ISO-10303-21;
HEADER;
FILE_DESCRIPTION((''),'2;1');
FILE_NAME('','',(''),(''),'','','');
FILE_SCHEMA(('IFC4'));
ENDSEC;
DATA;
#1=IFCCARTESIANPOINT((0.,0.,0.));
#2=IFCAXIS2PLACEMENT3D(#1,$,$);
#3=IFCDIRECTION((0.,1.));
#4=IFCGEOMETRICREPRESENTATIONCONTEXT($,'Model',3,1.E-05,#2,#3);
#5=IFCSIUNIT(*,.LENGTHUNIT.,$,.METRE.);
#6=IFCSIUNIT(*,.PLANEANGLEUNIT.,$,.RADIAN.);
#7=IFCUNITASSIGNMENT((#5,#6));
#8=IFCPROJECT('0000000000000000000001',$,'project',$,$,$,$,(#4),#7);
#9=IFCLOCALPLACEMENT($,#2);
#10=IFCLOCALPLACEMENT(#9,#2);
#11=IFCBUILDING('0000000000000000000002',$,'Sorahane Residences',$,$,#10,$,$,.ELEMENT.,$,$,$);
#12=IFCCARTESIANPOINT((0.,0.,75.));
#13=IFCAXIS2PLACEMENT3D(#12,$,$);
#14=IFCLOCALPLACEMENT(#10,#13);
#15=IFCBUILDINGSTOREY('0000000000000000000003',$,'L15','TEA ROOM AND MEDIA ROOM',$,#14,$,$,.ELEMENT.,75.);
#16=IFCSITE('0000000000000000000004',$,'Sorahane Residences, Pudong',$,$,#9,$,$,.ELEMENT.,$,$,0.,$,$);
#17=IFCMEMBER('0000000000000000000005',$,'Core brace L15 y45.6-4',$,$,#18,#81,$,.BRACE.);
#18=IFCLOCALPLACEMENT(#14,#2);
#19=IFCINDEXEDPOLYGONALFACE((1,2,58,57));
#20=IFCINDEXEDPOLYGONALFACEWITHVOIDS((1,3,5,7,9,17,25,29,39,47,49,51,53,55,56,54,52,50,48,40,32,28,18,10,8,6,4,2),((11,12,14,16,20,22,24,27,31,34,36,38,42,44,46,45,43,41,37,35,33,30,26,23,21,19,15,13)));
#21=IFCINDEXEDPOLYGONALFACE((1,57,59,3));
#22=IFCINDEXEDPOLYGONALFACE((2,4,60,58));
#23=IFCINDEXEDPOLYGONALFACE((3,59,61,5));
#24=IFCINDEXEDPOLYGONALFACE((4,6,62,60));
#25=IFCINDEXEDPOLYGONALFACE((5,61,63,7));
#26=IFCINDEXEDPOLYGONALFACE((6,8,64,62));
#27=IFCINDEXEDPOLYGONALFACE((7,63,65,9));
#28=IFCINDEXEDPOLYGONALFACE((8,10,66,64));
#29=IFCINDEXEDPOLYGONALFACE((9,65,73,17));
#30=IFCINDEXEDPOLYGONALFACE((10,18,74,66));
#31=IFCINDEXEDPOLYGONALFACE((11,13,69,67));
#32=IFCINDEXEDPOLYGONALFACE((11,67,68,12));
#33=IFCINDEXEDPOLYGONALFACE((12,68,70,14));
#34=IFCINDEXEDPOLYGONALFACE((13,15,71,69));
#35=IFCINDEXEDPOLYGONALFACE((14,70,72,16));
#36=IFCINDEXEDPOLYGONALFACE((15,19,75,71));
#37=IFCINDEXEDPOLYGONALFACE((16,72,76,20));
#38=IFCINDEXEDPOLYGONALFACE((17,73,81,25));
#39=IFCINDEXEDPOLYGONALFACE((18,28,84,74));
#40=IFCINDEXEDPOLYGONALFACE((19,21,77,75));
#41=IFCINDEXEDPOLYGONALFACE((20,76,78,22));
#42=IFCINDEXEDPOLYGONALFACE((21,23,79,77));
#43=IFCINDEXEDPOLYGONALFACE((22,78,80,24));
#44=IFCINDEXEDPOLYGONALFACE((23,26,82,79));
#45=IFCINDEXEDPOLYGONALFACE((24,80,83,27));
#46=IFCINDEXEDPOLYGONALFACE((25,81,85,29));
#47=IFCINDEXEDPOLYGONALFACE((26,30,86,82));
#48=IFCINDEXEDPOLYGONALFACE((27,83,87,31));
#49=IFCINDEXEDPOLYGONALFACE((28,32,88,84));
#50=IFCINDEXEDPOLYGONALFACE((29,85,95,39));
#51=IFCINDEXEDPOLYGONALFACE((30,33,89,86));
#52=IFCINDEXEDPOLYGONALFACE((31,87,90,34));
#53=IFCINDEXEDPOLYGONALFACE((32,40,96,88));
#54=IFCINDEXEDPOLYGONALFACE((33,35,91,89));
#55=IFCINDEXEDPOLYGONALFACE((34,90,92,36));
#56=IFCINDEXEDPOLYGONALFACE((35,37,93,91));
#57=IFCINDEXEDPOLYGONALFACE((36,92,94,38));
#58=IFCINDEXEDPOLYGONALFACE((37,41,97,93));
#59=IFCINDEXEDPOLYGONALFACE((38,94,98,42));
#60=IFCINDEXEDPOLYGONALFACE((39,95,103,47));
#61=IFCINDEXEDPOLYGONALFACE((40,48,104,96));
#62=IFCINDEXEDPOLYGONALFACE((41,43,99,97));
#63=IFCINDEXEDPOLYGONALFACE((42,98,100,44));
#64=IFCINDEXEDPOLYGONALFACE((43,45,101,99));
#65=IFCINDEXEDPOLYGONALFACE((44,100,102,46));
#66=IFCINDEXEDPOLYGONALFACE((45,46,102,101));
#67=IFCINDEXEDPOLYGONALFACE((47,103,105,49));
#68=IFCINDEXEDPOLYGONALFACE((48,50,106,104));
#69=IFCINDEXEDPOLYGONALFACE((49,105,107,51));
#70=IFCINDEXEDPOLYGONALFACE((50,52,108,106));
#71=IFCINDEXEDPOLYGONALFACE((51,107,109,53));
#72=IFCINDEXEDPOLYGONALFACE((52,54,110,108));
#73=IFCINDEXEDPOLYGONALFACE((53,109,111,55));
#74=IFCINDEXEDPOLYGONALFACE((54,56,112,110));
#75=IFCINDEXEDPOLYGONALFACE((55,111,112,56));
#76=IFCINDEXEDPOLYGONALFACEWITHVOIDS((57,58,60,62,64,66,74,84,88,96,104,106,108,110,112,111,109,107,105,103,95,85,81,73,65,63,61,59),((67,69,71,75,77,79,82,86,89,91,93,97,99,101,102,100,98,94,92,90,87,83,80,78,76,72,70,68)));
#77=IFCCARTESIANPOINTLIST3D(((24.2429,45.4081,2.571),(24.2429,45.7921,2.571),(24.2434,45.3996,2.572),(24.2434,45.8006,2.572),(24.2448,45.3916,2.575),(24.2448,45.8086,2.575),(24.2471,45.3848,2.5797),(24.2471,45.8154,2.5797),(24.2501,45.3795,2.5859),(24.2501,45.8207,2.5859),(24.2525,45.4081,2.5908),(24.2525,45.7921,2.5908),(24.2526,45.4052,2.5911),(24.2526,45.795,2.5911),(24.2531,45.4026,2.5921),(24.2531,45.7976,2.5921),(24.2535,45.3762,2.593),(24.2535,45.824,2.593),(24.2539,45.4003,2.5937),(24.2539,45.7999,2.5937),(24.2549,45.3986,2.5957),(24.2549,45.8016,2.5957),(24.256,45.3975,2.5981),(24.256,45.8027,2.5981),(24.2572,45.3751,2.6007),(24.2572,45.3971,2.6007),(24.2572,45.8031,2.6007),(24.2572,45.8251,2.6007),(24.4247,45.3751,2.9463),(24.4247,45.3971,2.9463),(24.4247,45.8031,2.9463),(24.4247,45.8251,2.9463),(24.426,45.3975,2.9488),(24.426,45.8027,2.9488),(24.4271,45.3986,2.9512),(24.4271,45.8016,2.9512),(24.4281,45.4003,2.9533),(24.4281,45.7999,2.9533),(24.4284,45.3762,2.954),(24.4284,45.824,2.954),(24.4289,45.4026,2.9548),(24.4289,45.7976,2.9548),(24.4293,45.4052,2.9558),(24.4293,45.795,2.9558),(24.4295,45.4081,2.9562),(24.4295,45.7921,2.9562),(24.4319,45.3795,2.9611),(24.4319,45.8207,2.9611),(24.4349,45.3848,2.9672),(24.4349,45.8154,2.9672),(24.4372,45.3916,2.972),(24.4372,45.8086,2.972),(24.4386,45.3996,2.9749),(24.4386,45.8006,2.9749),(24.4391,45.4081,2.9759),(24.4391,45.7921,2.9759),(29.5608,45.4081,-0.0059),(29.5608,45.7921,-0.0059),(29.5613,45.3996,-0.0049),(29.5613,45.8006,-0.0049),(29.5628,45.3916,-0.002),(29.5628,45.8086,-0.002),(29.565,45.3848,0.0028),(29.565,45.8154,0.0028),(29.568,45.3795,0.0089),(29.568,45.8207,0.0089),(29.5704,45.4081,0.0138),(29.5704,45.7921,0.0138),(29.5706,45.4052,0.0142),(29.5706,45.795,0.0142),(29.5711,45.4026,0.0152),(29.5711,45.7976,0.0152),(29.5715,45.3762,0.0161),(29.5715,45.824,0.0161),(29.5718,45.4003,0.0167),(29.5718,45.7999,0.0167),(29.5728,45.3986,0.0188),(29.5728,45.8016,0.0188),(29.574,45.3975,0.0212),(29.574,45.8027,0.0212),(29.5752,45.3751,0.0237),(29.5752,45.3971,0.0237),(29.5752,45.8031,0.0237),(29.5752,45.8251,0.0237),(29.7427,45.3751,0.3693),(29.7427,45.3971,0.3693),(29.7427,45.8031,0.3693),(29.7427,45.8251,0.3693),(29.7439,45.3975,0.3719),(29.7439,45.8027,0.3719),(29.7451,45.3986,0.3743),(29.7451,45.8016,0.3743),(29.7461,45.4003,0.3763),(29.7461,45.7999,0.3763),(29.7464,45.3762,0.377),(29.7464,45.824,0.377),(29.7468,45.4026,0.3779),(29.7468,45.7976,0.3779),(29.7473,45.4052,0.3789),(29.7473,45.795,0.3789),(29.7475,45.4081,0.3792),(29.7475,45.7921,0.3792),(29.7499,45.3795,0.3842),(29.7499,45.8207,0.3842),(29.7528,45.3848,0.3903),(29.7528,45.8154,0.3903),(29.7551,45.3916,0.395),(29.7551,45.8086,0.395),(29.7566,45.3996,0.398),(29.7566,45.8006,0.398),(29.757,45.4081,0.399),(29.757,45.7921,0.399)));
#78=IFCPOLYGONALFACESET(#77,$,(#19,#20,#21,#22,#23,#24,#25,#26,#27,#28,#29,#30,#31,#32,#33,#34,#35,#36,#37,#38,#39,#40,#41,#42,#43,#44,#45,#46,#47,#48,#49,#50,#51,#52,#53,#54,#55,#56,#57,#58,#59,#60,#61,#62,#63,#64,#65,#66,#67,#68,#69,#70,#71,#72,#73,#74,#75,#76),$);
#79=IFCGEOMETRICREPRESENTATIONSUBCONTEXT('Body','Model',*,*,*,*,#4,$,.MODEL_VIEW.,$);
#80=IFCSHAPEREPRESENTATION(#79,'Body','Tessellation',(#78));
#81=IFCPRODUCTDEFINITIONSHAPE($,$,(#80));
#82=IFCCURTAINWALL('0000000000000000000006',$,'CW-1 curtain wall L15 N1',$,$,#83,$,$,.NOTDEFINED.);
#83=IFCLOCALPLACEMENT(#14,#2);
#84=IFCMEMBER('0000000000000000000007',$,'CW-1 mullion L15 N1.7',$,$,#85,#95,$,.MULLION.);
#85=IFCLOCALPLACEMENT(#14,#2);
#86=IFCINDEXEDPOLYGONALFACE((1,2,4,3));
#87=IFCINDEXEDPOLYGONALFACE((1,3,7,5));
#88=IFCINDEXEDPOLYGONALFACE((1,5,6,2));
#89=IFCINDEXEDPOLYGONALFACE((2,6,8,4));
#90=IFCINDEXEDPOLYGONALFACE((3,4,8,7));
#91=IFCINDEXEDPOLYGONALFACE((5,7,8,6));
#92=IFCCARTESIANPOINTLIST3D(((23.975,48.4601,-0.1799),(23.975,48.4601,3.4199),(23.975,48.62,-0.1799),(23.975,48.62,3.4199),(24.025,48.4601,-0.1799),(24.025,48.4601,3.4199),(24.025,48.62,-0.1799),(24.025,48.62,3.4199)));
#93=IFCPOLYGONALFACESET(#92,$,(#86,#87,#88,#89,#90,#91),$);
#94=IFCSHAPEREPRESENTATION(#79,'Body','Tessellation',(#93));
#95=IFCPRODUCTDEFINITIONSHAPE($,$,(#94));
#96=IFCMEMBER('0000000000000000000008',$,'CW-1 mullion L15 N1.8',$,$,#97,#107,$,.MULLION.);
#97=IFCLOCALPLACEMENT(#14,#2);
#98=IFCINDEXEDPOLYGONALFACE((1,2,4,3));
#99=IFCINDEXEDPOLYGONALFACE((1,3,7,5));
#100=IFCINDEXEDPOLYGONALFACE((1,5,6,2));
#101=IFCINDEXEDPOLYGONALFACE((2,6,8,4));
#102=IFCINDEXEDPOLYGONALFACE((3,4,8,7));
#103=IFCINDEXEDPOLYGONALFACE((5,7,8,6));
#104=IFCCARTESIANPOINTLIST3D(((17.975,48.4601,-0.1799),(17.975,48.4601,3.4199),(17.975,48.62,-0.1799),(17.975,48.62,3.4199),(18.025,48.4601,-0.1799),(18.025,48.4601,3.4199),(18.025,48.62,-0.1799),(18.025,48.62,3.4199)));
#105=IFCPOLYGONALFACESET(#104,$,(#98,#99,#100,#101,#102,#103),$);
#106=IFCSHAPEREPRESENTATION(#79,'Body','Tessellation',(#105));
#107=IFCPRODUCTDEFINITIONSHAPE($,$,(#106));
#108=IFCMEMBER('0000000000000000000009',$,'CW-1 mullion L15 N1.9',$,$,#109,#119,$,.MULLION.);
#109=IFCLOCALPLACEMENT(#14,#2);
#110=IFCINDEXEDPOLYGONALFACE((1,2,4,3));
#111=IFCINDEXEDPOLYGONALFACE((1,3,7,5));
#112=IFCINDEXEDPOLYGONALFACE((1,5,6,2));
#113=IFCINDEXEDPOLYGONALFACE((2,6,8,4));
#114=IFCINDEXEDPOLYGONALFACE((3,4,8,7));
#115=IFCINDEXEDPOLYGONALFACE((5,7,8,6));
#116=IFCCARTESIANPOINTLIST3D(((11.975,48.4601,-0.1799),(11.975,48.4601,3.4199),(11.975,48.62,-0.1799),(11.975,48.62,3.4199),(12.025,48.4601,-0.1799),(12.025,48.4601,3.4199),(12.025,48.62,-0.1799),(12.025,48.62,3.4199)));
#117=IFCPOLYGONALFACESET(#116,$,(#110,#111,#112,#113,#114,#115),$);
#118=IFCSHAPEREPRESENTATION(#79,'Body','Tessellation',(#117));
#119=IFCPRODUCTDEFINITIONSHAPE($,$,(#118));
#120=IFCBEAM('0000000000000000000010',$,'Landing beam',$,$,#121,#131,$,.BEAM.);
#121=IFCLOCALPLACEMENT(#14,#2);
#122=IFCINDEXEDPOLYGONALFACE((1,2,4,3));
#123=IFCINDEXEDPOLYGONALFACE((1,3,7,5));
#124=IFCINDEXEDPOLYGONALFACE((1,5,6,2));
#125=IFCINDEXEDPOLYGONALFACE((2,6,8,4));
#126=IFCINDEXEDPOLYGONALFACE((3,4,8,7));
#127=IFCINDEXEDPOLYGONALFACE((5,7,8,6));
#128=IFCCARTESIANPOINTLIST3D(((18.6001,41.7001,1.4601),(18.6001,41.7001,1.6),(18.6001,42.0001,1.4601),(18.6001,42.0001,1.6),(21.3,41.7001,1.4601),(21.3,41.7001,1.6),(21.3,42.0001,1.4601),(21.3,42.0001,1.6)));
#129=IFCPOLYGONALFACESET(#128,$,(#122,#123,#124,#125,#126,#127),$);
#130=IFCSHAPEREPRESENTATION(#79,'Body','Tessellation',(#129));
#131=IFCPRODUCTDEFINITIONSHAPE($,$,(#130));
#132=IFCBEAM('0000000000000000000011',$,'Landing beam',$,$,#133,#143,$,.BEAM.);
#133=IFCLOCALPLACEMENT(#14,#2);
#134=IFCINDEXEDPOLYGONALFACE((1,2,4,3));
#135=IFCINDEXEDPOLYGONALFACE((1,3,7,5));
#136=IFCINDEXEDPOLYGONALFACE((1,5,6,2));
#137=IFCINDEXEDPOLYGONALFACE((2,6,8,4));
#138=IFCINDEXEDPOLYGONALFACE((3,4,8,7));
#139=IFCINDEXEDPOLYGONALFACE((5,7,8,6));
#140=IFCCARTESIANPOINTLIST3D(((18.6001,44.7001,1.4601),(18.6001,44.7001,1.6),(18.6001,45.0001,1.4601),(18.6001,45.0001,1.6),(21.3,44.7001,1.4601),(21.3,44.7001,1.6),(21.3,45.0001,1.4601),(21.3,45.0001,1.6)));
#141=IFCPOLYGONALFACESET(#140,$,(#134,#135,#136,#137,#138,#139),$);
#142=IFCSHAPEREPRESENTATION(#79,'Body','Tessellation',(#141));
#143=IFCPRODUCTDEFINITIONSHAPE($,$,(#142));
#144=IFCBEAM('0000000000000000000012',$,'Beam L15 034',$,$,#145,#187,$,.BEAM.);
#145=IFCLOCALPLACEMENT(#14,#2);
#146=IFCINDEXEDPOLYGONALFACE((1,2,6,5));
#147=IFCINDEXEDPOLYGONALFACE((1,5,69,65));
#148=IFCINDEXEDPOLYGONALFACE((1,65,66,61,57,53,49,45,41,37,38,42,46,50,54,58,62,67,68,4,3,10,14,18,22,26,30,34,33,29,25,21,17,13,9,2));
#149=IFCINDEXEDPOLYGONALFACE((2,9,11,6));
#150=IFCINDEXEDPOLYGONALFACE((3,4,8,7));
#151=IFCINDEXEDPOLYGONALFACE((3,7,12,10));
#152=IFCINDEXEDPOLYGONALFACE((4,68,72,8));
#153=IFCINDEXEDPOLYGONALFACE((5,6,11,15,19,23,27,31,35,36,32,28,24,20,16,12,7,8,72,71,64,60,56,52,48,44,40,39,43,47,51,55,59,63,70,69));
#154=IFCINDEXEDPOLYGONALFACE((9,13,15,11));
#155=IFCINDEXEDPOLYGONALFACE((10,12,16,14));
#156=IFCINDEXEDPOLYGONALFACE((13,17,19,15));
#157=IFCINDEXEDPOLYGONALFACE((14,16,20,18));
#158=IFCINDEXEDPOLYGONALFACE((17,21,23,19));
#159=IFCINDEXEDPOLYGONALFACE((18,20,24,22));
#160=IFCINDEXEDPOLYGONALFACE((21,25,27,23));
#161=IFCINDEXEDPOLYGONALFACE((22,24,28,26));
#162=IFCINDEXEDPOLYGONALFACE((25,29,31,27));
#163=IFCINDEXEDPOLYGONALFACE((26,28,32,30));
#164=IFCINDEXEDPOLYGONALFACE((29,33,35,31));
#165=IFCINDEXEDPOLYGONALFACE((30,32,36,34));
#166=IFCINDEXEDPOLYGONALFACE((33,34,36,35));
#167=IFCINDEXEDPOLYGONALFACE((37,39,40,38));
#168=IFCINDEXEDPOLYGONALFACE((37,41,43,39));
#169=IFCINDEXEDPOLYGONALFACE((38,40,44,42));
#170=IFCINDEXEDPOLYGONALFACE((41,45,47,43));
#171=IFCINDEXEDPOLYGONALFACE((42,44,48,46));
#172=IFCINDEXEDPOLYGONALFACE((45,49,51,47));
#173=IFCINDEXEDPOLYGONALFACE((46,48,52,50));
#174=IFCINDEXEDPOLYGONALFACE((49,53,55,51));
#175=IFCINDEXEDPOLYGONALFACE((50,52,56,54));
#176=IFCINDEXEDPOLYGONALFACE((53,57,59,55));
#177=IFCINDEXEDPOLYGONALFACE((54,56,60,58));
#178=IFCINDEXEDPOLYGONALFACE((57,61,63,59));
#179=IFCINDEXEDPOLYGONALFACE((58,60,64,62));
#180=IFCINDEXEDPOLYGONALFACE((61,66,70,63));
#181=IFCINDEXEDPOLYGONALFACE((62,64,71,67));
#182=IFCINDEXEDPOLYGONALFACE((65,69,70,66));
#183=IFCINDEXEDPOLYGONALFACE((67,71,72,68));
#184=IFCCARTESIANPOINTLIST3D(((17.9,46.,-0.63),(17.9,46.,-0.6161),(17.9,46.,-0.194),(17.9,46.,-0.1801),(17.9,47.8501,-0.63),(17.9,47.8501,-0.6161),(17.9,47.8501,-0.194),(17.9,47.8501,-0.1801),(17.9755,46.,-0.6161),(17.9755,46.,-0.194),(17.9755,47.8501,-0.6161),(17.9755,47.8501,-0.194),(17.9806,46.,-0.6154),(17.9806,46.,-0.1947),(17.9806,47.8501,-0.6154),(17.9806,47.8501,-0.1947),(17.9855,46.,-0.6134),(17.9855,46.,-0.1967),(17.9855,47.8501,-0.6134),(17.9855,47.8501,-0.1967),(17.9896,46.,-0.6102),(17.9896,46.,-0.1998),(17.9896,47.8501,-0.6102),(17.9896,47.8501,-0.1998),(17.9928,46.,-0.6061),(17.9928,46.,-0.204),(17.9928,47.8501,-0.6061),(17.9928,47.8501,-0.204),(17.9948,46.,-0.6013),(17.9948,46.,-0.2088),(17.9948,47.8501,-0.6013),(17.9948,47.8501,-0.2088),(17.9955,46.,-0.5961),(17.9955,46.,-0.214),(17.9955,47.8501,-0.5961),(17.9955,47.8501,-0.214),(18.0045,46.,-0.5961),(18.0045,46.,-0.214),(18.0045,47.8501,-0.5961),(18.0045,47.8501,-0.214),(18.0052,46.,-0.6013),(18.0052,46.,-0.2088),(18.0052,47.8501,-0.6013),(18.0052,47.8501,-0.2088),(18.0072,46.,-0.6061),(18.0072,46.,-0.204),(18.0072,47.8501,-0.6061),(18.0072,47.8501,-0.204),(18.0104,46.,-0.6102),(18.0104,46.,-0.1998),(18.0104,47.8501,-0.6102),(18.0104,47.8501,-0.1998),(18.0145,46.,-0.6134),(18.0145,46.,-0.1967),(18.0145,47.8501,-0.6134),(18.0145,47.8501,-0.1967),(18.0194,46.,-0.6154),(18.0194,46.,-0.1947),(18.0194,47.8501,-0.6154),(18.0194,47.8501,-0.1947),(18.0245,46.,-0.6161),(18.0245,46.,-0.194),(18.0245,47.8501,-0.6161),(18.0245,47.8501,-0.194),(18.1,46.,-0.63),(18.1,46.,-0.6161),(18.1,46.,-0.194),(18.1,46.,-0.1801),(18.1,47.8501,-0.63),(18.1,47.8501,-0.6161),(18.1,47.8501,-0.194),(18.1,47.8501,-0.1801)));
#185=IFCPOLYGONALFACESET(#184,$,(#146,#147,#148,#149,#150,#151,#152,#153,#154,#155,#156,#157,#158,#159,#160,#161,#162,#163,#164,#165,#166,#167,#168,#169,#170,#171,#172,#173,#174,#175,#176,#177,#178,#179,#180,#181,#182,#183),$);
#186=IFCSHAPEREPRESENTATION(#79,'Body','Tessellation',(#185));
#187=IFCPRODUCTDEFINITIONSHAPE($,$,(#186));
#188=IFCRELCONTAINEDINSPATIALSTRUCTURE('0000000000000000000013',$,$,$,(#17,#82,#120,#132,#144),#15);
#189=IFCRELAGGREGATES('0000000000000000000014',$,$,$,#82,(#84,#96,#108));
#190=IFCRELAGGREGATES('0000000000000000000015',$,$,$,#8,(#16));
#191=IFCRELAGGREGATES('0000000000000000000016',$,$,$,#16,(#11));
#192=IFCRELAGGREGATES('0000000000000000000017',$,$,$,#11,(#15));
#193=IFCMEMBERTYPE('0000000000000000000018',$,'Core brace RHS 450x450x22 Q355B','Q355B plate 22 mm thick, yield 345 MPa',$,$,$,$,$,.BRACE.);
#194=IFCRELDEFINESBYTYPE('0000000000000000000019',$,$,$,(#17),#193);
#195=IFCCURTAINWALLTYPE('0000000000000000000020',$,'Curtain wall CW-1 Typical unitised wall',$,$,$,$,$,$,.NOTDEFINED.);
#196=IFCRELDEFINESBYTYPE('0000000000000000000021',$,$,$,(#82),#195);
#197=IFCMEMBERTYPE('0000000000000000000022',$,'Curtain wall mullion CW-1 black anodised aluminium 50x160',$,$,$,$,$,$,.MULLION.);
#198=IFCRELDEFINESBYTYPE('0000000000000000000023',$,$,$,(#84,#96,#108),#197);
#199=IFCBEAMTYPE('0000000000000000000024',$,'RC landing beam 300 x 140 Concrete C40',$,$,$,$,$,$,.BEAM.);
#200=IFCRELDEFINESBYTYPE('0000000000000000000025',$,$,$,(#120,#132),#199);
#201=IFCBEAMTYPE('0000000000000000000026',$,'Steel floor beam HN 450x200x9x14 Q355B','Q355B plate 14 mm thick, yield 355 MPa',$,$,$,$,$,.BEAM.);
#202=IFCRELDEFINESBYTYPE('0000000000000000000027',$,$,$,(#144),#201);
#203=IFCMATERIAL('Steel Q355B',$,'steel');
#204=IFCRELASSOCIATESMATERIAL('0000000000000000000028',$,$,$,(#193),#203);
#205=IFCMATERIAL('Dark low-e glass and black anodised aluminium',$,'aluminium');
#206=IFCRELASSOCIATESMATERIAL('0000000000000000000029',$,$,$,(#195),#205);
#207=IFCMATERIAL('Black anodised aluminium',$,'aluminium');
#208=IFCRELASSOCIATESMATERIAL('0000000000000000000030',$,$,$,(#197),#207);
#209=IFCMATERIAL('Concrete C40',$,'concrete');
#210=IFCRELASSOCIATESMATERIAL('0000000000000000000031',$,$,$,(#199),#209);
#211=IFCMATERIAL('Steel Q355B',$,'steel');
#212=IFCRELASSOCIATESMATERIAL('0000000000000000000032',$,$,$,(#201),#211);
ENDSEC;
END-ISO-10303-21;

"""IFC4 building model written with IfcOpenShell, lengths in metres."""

from ifc_helpers import new_model, si_unit, direction, frame, origin, origin_2d, place, context, subcontext, project, spatial, rectangle, hollow_rectangle, i_section, extrude, material, material_profile, profile_set, type_object, element, aggregate, save


model = new_model("IFC4")

# Units and contexts
model_context = context("Model", 3, precision=1e-05, world=origin(), true_north=direction((0.0, 1.0)))
body_context = subcontext(model_context, "Body", "Model", "MODEL_VIEW")
ifc_project = project(units=[si_unit("LENGTHUNIT", "METRE"), si_unit("PLANEANGLEUNIT", "RADIAN")], contexts=[model_context])

# Site, building, storey
site_placement = place(None, origin())
site = spatial("IfcSite", under=ifc_project, at=site_placement, Name="Sorahane Residences, Pudong", CompositionType="ELEMENT", RefElevation=0.0)
building_placement = place(site_placement, origin())
building = spatial("IfcBuilding", under=site, at=building_placement, Name="Sorahane Residences", CompositionType="ELEMENT")
storey_placement = place(building_placement, frame((0.0, 0.0, 75.0)))
storey = spatial("IfcBuildingStorey", under=building, at=storey_placement, Name="L15", Description="TEA ROOM AND MEDIA ROOM", CompositionType="ELEMENT", Elevation=75.0)

# Member
ifc_material_1 = material(Name="Steel Q355B", Category="steel")
ifc_material_profile_1 = material_profile(ifc_material_1, hollow_rectangle(XDim=0.45, YDim=0.45, WallThickness=0.022, InnerFilletRadius=0.011, OuterFilletRadius=0.033, at=origin_2d()), Name="RHS 450x450x22")
ifc_profile_set_1 = profile_set([ifc_material_profile_1], Name="Steel Q355B")
member_type_1 = type_object("IfcMemberType", Name="Core brace RHS 450x450x22 Q355B", Description="Q355B plate 22 mm thick, yield 345 MPa", PredefinedType="BRACE", material=ifc_profile_set_1)
for number, where, z_axis, x_axis, name in (
    (1, (29.6589, 45.6001, 0.1965), (-0.899911, 0.0, 0.436074), (0.0, -1.0, 0.0), "Core brace L15 y45.6-4"),
):
    element("IfcMember", number, at=place(storey_placement, frame(where, z_axis=z_axis, x_axis=x_axis)), inside=storey, type_object=member_type_1, Name=name, PredefinedType="BRACE", context=body_context, shape_type="SweptSolid", body=[
        extrude(hollow_rectangle(XDim=0.45, YDim=0.45, WallThickness=0.022, InnerFilletRadius=0.011, OuterFilletRadius=0.033, at=origin_2d()), origin(), (0.0, 0.0, 1.0), 5.9094),
    ])

# Curtain wall, members
ifc_material_2 = material(Name="Dark low-e glass and black anodised aluminium", Category="aluminium")
curtain_wall_type = type_object("IfcCurtainWallType", Name="Curtain wall CW-1 Typical unitised wall", PredefinedType="NOTDEFINED", material=ifc_material_2)
curtain_wall_placement = place(storey_placement, origin())
curtain_wall = element("IfcCurtainWall", 2, at=curtain_wall_placement, inside=storey, type_object=curtain_wall_type, Name="CW-1 curtain wall L15 N1", PredefinedType="NOTDEFINED")
ifc_material_3 = material(Name="Black anodised aluminium", Category="aluminium")
ifc_material_profile_2 = material_profile(ifc_material_3, rectangle(XDim=0.1599, YDim=0.05, at=origin_2d()), Name="Curtain wall mullion CW-1 black anodised aluminium 50x160")
ifc_profile_set_2 = profile_set([ifc_material_profile_2], Name="Black anodised aluminium")
member_type_2 = type_object("IfcMemberType", Name="Curtain wall mullion CW-1 black anodised aluminium 50x160", PredefinedType="MULLION", material=ifc_profile_set_2)
member_1_placement = place(storey_placement, frame((24.0, 48.54, -0.1799), z_axis=(0.0, 0.0, 1.0), x_axis=(0.0, 1.0, 0.0)))
member_1 = element("IfcMember", 3, at=member_1_placement, type_object=member_type_2, Name="CW-1 mullion L15 N1.7", PredefinedType="MULLION", context=body_context, shape_type="SweptSolid", body=[
    extrude(rectangle(XDim=0.1599, YDim=0.05, at=origin_2d()), origin(), (0.0, 0.0, 1.0), 3.5999),
])
member_2_placement = place(storey_placement, frame((18.0, 48.54, -0.1799), z_axis=(0.0, 0.0, 1.0), x_axis=(0.0, 1.0, 0.0)))
member_2 = element("IfcMember", 4, at=member_2_placement, type_object=member_type_2, Name="CW-1 mullion L15 N1.8", PredefinedType="MULLION", context=body_context, shape_type="SweptSolid", body=[
    extrude(rectangle(XDim=0.1599, YDim=0.05, at=origin_2d()), origin(), (0.0, 0.0, 1.0), 3.5999),
])
member_3_placement = place(storey_placement, frame((12.0, 48.54, -0.1799), z_axis=(0.0, 0.0, 1.0), x_axis=(0.0, 1.0, 0.0)))
member_3 = element("IfcMember", 5, at=member_3_placement, type_object=member_type_2, Name="CW-1 mullion L15 N1.9", PredefinedType="MULLION", context=body_context, shape_type="SweptSolid", body=[
    extrude(rectangle(XDim=0.1599, YDim=0.05, at=origin_2d()), origin(), (0.0, 0.0, 1.0), 3.5999),
])

# Beams
ifc_material_4 = material(Name="Concrete C40", Category="concrete")
ifc_material_profile_3 = material_profile(ifc_material_4, rectangle(XDim=0.3, YDim=0.1399, at=origin_2d()), Name="300x140")
ifc_profile_set_3 = profile_set([ifc_material_profile_3], Name="Concrete C40")
beam_type_1 = type_object("IfcBeamType", Name="RC landing beam 300 x 140 Concrete C40", PredefinedType="BEAM", material=ifc_profile_set_3)
for number, where, z_axis, x_axis, name in (
    (6, (18.6001, 41.8501, 1.53), (1.0, 0.0, 0.0), (0.0, 1.0, 0.0), "Landing beam"),
    (7, (18.6001, 44.8501, 1.53), (1.0, 0.0, 0.0), (0.0, 1.0, 0.0), "Landing beam"),
):
    element("IfcBeam", number, at=place(storey_placement, frame(where, z_axis=z_axis, x_axis=x_axis)), inside=storey, type_object=beam_type_1, Name=name, PredefinedType="BEAM", context=body_context, shape_type="SweptSolid", body=[
        extrude(rectangle(XDim=0.3, YDim=0.1399, at=origin_2d()), origin(), (0.0, 0.0, 1.0), 2.7),
    ])
ifc_material_5 = material(Name="Steel Q355B", Category="steel")
ifc_material_profile_4 = material_profile(ifc_material_5, i_section(OverallWidth=0.2, OverallDepth=0.45, WebThickness=0.009, FlangeThickness=0.0139, FilletRadius=0.02, at=origin_2d()), Name="HN 450x200x9x14")
ifc_profile_set_4 = profile_set([ifc_material_profile_4], Name="Steel Q355B")
beam_type_2 = type_object("IfcBeamType", Name="Steel floor beam HN 450x200x9x14 Q355B", Description="Q355B plate 14 mm thick, yield 355 MPa", PredefinedType="BEAM", material=ifc_profile_set_4)
beam_1_placement = place(storey_placement, frame((18.0, 46.0, -0.405), z_axis=(0.0, 1.0, 0.0), x_axis=(-1.0, 0.0, 0.0)))
element("IfcBeam", 8, at=beam_1_placement, inside=storey, type_object=beam_type_2, Name="Beam L15 034", PredefinedType="BEAM", context=body_context, shape_type="SweptSolid", body=[
    extrude(i_section(OverallWidth=0.2, OverallDepth=0.45, WebThickness=0.009, FlangeThickness=0.0139, FilletRadius=0.02, at=origin_2d()), origin(), (0.0, 0.0, 1.0), 1.8501),
])

aggregate(curtain_wall, [member_1, member_2, member_3])

save(model, "model.ifc")
